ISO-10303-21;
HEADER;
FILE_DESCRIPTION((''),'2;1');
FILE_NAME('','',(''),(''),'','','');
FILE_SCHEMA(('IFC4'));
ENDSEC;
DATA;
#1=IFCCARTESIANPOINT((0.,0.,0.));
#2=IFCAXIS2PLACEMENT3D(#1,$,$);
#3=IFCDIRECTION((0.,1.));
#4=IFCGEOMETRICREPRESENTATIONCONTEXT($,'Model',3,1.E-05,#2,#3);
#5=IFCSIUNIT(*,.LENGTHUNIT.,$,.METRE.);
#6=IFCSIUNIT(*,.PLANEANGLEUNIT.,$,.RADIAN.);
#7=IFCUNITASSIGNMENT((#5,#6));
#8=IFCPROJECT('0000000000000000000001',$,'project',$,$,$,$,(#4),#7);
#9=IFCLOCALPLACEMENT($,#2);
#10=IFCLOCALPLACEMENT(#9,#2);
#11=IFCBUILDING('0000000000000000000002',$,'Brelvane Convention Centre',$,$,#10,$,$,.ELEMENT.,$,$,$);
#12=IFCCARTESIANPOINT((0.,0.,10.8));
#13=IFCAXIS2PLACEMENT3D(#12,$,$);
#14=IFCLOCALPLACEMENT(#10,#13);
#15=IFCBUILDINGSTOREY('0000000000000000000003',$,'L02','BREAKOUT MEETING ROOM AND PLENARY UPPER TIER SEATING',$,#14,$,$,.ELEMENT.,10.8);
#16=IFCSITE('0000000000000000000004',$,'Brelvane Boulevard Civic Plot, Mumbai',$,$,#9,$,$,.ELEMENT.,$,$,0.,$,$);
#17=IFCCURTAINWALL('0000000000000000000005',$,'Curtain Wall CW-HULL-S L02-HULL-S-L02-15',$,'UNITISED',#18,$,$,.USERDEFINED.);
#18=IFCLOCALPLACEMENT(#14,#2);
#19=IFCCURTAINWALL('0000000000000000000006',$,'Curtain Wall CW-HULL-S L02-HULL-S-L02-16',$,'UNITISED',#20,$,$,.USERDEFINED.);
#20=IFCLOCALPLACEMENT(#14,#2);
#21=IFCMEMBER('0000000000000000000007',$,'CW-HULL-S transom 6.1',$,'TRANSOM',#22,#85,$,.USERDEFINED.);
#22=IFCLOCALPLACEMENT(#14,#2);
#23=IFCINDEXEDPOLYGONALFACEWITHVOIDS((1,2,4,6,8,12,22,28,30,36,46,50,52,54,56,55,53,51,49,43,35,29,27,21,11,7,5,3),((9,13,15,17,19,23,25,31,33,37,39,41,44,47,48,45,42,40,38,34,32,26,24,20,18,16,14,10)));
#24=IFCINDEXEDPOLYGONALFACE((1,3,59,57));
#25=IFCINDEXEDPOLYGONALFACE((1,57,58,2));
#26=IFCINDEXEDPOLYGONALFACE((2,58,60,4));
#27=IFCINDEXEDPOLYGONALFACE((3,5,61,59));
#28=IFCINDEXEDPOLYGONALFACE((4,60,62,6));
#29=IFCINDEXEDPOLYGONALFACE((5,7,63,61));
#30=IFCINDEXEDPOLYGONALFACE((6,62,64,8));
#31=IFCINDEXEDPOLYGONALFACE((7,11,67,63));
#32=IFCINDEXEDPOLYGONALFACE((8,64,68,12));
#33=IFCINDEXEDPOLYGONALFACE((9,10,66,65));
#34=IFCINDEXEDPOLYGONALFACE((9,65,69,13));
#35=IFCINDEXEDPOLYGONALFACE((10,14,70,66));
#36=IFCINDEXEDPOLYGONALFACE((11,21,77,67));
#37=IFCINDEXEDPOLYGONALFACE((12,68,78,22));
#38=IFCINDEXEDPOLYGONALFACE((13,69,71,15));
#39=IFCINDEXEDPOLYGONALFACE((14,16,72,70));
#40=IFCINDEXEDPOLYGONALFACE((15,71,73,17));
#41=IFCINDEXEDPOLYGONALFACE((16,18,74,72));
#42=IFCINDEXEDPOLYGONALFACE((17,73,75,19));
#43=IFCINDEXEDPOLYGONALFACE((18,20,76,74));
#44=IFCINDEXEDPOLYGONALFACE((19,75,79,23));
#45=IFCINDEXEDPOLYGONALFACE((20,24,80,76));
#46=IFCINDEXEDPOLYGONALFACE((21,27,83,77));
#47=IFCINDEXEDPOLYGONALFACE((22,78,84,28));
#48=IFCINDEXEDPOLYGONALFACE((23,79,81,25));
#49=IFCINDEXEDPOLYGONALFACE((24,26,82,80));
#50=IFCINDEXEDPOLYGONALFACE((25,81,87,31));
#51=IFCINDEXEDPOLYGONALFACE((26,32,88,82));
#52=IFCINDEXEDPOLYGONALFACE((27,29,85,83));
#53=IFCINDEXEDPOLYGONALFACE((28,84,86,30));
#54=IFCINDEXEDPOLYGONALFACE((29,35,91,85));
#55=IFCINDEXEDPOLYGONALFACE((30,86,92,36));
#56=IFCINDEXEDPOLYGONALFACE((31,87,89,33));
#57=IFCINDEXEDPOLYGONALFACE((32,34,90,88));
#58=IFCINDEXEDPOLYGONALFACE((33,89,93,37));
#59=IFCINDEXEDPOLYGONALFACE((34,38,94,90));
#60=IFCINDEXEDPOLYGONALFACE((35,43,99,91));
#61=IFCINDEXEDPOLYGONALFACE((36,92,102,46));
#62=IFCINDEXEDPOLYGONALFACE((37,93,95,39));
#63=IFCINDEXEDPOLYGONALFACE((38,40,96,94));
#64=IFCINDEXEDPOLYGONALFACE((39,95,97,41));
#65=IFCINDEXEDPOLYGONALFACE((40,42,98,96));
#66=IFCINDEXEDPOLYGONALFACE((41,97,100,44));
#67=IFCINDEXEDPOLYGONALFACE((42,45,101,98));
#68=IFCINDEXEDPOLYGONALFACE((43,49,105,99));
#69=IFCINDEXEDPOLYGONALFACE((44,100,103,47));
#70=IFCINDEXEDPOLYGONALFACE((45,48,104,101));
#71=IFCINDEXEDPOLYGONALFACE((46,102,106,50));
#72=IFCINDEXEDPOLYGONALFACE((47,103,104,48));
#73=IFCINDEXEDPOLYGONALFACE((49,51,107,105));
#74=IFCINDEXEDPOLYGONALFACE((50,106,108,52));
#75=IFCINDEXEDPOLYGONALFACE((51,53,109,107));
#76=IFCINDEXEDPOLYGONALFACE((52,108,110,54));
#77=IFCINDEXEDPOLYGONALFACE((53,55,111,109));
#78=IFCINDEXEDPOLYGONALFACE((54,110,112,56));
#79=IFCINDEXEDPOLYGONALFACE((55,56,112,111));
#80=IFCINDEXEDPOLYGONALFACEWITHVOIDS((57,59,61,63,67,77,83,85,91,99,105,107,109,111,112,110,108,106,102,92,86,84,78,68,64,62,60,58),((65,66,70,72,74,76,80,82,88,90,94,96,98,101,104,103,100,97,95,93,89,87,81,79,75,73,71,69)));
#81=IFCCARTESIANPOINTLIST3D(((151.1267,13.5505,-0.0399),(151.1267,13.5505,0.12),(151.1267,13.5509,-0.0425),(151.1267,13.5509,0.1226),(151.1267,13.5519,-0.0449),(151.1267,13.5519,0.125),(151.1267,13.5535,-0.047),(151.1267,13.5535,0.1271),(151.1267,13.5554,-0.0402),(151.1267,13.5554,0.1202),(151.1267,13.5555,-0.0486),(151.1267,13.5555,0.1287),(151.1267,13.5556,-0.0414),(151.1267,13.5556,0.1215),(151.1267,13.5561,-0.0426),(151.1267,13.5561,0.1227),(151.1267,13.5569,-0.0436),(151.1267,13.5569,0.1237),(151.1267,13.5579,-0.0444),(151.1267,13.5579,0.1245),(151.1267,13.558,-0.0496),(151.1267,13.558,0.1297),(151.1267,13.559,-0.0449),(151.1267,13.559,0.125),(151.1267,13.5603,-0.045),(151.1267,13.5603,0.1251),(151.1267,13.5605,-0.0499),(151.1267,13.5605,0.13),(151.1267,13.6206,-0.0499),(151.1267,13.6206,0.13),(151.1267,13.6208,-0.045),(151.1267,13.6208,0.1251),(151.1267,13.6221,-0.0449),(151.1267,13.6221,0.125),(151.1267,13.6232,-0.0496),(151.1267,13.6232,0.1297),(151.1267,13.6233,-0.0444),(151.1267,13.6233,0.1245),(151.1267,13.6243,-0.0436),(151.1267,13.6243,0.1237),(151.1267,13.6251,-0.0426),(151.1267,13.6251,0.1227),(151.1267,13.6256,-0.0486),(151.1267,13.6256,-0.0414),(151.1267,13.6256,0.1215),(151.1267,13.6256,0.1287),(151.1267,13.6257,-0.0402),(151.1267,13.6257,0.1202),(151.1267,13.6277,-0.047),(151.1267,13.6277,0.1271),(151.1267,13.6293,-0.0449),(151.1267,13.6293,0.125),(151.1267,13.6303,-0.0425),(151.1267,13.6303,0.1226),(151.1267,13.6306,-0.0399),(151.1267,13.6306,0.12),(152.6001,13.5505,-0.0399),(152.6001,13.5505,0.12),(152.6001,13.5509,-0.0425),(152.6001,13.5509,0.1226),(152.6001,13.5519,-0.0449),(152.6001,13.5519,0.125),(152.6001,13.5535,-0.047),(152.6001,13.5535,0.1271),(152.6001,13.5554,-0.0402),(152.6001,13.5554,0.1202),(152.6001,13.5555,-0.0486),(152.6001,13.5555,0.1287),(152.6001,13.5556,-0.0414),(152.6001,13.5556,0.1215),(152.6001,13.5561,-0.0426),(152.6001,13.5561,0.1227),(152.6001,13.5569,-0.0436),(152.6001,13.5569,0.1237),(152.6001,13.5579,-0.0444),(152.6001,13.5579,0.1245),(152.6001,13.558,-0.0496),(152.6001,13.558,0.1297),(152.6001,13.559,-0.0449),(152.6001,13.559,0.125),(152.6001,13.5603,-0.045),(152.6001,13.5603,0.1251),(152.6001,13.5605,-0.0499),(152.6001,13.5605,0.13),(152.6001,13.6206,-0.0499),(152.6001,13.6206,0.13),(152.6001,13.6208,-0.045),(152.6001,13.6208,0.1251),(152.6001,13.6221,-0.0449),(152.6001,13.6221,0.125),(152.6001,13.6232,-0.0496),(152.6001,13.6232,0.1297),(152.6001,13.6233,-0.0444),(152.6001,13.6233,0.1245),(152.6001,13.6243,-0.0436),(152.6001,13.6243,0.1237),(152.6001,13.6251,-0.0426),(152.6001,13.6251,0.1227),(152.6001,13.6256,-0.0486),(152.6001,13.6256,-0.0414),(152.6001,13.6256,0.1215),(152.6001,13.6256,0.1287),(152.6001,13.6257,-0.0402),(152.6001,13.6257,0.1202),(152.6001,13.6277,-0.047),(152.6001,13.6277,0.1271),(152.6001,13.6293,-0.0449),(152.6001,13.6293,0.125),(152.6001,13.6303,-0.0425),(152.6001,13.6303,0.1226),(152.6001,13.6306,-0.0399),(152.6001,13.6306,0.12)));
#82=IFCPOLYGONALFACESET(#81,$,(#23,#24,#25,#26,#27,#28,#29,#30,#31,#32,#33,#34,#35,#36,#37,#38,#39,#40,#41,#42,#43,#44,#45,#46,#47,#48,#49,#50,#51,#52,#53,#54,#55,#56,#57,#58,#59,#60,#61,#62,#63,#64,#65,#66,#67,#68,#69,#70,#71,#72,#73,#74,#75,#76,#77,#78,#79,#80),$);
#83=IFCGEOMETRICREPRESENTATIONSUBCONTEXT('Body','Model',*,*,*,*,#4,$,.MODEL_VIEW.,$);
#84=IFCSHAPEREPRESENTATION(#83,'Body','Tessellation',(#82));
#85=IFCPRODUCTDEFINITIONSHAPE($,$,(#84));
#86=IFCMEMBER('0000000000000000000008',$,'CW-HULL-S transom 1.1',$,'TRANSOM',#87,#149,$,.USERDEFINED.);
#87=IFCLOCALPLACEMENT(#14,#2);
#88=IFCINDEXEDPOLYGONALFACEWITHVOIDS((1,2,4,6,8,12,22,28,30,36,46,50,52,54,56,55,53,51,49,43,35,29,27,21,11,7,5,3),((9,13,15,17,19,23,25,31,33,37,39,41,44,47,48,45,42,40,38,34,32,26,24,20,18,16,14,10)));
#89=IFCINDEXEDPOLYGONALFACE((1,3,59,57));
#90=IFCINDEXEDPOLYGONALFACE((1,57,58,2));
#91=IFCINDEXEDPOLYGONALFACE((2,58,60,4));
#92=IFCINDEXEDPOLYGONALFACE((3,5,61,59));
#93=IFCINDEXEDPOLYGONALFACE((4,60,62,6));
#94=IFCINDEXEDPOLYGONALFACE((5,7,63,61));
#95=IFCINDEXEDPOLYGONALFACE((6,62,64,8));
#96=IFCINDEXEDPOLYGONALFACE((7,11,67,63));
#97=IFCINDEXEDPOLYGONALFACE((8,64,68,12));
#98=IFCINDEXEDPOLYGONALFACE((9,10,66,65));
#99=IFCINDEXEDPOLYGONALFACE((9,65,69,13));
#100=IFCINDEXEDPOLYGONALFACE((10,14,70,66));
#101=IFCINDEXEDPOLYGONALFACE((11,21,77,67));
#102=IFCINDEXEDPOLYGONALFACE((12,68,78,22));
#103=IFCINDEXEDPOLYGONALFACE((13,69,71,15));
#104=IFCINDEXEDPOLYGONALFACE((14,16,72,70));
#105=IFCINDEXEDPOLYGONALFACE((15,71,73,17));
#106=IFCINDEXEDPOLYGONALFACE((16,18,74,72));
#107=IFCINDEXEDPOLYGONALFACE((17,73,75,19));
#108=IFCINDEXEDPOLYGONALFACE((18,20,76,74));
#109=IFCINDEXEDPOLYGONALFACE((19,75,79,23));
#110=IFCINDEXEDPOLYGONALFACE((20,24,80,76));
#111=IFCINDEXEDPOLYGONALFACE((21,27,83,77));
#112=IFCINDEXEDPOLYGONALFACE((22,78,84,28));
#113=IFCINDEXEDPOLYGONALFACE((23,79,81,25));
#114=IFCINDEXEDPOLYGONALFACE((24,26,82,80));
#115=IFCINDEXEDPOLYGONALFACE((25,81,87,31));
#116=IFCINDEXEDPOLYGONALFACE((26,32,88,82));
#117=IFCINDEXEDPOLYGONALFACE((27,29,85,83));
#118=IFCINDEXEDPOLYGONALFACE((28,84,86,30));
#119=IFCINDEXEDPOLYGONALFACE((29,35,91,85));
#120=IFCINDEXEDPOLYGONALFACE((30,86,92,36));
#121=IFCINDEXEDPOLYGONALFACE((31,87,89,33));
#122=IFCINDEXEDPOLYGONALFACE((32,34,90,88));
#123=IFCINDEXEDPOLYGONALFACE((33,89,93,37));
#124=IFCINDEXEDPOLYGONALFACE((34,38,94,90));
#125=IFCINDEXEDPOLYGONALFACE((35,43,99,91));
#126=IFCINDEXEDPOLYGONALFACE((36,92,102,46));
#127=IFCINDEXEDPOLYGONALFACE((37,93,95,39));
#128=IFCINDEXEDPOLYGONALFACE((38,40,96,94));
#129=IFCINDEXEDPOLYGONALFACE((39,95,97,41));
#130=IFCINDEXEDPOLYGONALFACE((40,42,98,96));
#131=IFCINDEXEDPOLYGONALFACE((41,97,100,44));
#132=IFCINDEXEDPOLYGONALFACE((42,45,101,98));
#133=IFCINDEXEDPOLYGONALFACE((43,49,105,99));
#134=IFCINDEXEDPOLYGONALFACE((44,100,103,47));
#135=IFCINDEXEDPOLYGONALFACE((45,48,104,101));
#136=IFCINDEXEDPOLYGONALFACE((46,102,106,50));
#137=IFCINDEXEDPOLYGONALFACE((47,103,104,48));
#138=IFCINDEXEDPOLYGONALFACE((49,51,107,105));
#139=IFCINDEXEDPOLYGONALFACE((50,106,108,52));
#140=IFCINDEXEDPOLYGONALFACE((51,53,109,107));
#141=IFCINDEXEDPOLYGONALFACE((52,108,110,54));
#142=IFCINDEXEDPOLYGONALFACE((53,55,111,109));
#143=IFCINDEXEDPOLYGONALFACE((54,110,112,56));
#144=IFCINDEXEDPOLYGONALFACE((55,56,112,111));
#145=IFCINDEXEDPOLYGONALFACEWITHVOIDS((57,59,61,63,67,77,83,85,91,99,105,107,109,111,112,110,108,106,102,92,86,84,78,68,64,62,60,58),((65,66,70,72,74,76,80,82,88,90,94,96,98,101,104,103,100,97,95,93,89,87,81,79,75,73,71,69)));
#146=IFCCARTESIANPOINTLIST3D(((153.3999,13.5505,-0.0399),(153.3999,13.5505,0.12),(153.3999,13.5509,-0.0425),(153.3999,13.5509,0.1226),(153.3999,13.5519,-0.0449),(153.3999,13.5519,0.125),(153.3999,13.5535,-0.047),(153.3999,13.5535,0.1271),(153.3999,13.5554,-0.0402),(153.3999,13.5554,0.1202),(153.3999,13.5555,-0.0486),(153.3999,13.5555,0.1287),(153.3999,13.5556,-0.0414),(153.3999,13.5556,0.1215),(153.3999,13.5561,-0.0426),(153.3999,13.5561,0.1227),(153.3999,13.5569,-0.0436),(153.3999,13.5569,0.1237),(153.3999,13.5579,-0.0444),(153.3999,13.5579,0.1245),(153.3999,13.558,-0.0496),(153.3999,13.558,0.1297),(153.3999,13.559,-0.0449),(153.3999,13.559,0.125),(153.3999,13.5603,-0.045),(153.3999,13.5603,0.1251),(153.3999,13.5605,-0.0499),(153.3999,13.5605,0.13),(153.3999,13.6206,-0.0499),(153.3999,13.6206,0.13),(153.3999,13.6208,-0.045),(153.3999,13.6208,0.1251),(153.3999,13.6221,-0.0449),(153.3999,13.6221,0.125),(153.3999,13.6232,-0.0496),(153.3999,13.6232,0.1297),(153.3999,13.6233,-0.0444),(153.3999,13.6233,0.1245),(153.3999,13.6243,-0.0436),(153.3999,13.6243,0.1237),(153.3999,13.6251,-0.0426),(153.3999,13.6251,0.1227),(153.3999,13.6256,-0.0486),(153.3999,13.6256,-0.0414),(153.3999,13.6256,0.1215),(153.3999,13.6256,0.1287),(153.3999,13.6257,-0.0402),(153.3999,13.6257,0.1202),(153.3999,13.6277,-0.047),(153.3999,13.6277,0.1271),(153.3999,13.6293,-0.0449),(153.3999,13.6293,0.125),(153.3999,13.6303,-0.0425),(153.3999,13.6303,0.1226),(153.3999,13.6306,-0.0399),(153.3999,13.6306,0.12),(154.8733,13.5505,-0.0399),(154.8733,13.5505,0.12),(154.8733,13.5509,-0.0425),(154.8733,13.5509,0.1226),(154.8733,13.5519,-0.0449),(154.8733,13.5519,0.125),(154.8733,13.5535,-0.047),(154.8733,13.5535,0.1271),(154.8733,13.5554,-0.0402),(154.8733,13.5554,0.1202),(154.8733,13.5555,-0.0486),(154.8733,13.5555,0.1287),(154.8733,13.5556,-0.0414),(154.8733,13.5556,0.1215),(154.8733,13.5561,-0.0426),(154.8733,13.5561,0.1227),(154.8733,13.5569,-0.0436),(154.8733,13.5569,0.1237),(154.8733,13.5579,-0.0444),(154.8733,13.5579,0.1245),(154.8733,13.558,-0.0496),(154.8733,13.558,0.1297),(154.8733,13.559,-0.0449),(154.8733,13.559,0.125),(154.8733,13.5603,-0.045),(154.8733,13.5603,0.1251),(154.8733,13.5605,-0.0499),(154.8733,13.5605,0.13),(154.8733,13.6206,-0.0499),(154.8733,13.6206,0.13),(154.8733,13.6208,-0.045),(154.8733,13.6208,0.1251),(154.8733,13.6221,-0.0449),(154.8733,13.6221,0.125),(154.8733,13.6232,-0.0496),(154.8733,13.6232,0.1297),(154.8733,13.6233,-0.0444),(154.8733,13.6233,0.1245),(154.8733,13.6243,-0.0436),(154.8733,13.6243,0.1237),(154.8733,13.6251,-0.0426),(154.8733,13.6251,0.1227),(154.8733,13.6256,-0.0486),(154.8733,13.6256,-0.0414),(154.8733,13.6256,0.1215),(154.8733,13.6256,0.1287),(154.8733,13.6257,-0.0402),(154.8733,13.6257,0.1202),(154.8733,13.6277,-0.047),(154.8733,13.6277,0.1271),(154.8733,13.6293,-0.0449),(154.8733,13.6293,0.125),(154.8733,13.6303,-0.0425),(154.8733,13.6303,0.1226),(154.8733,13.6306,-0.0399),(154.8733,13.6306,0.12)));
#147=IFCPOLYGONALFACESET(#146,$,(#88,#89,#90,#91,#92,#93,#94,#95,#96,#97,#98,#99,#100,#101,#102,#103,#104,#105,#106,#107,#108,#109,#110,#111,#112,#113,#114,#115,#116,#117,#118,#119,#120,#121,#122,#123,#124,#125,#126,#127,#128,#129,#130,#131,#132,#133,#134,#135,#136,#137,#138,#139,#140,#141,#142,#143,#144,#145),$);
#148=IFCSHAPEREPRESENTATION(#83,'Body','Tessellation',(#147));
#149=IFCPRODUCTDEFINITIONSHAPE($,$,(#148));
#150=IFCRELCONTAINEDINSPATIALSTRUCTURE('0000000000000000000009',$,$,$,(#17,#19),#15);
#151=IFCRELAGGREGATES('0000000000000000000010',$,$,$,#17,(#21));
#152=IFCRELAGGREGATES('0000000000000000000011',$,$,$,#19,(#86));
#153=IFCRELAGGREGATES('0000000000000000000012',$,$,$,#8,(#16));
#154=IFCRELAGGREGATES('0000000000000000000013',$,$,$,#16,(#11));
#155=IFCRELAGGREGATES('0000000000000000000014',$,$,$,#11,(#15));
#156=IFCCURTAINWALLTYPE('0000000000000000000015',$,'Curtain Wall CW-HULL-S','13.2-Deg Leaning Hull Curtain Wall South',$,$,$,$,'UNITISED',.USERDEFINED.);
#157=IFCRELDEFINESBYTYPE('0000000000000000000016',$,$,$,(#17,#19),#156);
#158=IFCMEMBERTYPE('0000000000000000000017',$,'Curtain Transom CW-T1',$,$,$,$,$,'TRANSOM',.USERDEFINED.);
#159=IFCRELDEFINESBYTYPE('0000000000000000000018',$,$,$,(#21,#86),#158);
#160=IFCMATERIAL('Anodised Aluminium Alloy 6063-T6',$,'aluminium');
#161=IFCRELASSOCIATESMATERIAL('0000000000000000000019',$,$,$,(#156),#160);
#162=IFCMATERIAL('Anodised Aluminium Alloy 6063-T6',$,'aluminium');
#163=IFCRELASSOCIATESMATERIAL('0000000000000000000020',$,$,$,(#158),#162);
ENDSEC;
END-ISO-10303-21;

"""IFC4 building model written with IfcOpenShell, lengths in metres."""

from ifc_helpers import new_model, si_unit, direction, frame, origin, origin_2d, place, context, subcontext, project, spatial, hollow_rectangle, extrude, material, material_profile, profile_set, type_object, element, aggregate, save


model = new_model("IFC4")

# Units and contexts
model_context = context("Model", 3, precision=1e-05, world=origin(), true_north=direction((0.0, 1.0)))
body_context = subcontext(model_context, "Body", "Model", "MODEL_VIEW")
ifc_project = project(units=[si_unit("LENGTHUNIT", "METRE"), si_unit("PLANEANGLEUNIT", "RADIAN")], contexts=[model_context])

# Site, building, storey
site_placement = place(None, origin())
site = spatial("IfcSite", under=ifc_project, at=site_placement, Name="Brelvane Boulevard Civic Plot, Mumbai", CompositionType="ELEMENT", RefElevation=0.0)
building_placement = place(site_placement, origin())
building = spatial("IfcBuilding", under=site, at=building_placement, Name="Brelvane Convention Centre", CompositionType="ELEMENT")
storey_placement = place(building_placement, frame((0.0, 0.0, 10.8)))
storey = spatial("IfcBuildingStorey", under=building, at=storey_placement, Name="L02", Description="BREAKOUT MEETING ROOM AND PLENARY UPPER TIER SEATING", CompositionType="ELEMENT", Elevation=10.8)

# Curtain walls
ifc_material_1 = material(Name="Anodised Aluminium Alloy 6063-T6", Category="aluminium")
curtain_wall_type = type_object("IfcCurtainWallType", Name="Curtain Wall CW-HULL-S", Description="13.2-Deg Leaning Hull Curtain Wall South", ElementType="UNITISED", PredefinedType="USERDEFINED", material=ifc_material_1)
curtain_wall_1_placement = place(storey_placement, origin())
curtain_wall_1 = element("IfcCurtainWall", 1, at=curtain_wall_1_placement, inside=storey, type_object=curtain_wall_type, Name="Curtain Wall CW-HULL-S L02-HULL-S-L02-15", ObjectType="UNITISED", PredefinedType="USERDEFINED")
curtain_wall_2_placement = place(storey_placement, origin())
curtain_wall_2 = element("IfcCurtainWall", 2, at=curtain_wall_2_placement, inside=storey, type_object=curtain_wall_type, Name="Curtain Wall CW-HULL-S L02-HULL-S-L02-16", ObjectType="UNITISED", PredefinedType="USERDEFINED")

# Members
ifc_material_2 = material(Name="Anodised Aluminium Alloy 6063-T6", Category="aluminium")
ifc_material_profile_1 = material_profile(ifc_material_2, hollow_rectangle(XDim=0.0801, YDim=0.1799, WallThickness=0.0049, InnerFilletRadius=0.0049, OuterFilletRadius=0.01, at=origin_2d()), Name="ALU-T 180x80x5.0")
ifc_profile_set_1 = profile_set([ifc_material_profile_1], Name="Anodised Aluminium Alloy 6063-T6")
member_type_1 = type_object("IfcMemberType", Name="Curtain Transom CW-T1", ElementType="TRANSOM", PredefinedType="USERDEFINED", material=ifc_profile_set_1)
member_1_placement = place(storey_placement, frame((151.1267, 13.5906, 0.04), z_axis=(1.0, 0.0, 0.0), x_axis=(0.0, 1.0, 0.0)))
member_1 = element("IfcMember", 3, at=member_1_placement, type_object=member_type_1, Name="CW-HULL-S transom 6.1", ObjectType="TRANSOM", PredefinedType="USERDEFINED", context=body_context, shape_type="SweptSolid", body=[
    extrude(hollow_rectangle(XDim=0.0801, YDim=0.1799, WallThickness=0.0049, InnerFilletRadius=0.0049, OuterFilletRadius=0.01, at=origin_2d()), origin(), (0.0, 0.0, 1.0), 1.4734),
])
aggregate(curtain_wall_1, [member_1])
member_2_placement = place(storey_placement, frame((153.3999, 13.5906, 0.04), z_axis=(1.0, 0.0, 0.0), x_axis=(0.0, 1.0, 0.0)))
member_2 = element("IfcMember", 4, at=member_2_placement, type_object=member_type_1, Name="CW-HULL-S transom 1.1", ObjectType="TRANSOM", PredefinedType="USERDEFINED", context=body_context, shape_type="SweptSolid", body=[
    extrude(hollow_rectangle(XDim=0.0801, YDim=0.1799, WallThickness=0.0049, InnerFilletRadius=0.0049, OuterFilletRadius=0.01, at=origin_2d()), origin(), (0.0, 0.0, 1.0), 1.4734),
])

aggregate(curtain_wall_2, [member_2])

save(model, "model.ifc")
